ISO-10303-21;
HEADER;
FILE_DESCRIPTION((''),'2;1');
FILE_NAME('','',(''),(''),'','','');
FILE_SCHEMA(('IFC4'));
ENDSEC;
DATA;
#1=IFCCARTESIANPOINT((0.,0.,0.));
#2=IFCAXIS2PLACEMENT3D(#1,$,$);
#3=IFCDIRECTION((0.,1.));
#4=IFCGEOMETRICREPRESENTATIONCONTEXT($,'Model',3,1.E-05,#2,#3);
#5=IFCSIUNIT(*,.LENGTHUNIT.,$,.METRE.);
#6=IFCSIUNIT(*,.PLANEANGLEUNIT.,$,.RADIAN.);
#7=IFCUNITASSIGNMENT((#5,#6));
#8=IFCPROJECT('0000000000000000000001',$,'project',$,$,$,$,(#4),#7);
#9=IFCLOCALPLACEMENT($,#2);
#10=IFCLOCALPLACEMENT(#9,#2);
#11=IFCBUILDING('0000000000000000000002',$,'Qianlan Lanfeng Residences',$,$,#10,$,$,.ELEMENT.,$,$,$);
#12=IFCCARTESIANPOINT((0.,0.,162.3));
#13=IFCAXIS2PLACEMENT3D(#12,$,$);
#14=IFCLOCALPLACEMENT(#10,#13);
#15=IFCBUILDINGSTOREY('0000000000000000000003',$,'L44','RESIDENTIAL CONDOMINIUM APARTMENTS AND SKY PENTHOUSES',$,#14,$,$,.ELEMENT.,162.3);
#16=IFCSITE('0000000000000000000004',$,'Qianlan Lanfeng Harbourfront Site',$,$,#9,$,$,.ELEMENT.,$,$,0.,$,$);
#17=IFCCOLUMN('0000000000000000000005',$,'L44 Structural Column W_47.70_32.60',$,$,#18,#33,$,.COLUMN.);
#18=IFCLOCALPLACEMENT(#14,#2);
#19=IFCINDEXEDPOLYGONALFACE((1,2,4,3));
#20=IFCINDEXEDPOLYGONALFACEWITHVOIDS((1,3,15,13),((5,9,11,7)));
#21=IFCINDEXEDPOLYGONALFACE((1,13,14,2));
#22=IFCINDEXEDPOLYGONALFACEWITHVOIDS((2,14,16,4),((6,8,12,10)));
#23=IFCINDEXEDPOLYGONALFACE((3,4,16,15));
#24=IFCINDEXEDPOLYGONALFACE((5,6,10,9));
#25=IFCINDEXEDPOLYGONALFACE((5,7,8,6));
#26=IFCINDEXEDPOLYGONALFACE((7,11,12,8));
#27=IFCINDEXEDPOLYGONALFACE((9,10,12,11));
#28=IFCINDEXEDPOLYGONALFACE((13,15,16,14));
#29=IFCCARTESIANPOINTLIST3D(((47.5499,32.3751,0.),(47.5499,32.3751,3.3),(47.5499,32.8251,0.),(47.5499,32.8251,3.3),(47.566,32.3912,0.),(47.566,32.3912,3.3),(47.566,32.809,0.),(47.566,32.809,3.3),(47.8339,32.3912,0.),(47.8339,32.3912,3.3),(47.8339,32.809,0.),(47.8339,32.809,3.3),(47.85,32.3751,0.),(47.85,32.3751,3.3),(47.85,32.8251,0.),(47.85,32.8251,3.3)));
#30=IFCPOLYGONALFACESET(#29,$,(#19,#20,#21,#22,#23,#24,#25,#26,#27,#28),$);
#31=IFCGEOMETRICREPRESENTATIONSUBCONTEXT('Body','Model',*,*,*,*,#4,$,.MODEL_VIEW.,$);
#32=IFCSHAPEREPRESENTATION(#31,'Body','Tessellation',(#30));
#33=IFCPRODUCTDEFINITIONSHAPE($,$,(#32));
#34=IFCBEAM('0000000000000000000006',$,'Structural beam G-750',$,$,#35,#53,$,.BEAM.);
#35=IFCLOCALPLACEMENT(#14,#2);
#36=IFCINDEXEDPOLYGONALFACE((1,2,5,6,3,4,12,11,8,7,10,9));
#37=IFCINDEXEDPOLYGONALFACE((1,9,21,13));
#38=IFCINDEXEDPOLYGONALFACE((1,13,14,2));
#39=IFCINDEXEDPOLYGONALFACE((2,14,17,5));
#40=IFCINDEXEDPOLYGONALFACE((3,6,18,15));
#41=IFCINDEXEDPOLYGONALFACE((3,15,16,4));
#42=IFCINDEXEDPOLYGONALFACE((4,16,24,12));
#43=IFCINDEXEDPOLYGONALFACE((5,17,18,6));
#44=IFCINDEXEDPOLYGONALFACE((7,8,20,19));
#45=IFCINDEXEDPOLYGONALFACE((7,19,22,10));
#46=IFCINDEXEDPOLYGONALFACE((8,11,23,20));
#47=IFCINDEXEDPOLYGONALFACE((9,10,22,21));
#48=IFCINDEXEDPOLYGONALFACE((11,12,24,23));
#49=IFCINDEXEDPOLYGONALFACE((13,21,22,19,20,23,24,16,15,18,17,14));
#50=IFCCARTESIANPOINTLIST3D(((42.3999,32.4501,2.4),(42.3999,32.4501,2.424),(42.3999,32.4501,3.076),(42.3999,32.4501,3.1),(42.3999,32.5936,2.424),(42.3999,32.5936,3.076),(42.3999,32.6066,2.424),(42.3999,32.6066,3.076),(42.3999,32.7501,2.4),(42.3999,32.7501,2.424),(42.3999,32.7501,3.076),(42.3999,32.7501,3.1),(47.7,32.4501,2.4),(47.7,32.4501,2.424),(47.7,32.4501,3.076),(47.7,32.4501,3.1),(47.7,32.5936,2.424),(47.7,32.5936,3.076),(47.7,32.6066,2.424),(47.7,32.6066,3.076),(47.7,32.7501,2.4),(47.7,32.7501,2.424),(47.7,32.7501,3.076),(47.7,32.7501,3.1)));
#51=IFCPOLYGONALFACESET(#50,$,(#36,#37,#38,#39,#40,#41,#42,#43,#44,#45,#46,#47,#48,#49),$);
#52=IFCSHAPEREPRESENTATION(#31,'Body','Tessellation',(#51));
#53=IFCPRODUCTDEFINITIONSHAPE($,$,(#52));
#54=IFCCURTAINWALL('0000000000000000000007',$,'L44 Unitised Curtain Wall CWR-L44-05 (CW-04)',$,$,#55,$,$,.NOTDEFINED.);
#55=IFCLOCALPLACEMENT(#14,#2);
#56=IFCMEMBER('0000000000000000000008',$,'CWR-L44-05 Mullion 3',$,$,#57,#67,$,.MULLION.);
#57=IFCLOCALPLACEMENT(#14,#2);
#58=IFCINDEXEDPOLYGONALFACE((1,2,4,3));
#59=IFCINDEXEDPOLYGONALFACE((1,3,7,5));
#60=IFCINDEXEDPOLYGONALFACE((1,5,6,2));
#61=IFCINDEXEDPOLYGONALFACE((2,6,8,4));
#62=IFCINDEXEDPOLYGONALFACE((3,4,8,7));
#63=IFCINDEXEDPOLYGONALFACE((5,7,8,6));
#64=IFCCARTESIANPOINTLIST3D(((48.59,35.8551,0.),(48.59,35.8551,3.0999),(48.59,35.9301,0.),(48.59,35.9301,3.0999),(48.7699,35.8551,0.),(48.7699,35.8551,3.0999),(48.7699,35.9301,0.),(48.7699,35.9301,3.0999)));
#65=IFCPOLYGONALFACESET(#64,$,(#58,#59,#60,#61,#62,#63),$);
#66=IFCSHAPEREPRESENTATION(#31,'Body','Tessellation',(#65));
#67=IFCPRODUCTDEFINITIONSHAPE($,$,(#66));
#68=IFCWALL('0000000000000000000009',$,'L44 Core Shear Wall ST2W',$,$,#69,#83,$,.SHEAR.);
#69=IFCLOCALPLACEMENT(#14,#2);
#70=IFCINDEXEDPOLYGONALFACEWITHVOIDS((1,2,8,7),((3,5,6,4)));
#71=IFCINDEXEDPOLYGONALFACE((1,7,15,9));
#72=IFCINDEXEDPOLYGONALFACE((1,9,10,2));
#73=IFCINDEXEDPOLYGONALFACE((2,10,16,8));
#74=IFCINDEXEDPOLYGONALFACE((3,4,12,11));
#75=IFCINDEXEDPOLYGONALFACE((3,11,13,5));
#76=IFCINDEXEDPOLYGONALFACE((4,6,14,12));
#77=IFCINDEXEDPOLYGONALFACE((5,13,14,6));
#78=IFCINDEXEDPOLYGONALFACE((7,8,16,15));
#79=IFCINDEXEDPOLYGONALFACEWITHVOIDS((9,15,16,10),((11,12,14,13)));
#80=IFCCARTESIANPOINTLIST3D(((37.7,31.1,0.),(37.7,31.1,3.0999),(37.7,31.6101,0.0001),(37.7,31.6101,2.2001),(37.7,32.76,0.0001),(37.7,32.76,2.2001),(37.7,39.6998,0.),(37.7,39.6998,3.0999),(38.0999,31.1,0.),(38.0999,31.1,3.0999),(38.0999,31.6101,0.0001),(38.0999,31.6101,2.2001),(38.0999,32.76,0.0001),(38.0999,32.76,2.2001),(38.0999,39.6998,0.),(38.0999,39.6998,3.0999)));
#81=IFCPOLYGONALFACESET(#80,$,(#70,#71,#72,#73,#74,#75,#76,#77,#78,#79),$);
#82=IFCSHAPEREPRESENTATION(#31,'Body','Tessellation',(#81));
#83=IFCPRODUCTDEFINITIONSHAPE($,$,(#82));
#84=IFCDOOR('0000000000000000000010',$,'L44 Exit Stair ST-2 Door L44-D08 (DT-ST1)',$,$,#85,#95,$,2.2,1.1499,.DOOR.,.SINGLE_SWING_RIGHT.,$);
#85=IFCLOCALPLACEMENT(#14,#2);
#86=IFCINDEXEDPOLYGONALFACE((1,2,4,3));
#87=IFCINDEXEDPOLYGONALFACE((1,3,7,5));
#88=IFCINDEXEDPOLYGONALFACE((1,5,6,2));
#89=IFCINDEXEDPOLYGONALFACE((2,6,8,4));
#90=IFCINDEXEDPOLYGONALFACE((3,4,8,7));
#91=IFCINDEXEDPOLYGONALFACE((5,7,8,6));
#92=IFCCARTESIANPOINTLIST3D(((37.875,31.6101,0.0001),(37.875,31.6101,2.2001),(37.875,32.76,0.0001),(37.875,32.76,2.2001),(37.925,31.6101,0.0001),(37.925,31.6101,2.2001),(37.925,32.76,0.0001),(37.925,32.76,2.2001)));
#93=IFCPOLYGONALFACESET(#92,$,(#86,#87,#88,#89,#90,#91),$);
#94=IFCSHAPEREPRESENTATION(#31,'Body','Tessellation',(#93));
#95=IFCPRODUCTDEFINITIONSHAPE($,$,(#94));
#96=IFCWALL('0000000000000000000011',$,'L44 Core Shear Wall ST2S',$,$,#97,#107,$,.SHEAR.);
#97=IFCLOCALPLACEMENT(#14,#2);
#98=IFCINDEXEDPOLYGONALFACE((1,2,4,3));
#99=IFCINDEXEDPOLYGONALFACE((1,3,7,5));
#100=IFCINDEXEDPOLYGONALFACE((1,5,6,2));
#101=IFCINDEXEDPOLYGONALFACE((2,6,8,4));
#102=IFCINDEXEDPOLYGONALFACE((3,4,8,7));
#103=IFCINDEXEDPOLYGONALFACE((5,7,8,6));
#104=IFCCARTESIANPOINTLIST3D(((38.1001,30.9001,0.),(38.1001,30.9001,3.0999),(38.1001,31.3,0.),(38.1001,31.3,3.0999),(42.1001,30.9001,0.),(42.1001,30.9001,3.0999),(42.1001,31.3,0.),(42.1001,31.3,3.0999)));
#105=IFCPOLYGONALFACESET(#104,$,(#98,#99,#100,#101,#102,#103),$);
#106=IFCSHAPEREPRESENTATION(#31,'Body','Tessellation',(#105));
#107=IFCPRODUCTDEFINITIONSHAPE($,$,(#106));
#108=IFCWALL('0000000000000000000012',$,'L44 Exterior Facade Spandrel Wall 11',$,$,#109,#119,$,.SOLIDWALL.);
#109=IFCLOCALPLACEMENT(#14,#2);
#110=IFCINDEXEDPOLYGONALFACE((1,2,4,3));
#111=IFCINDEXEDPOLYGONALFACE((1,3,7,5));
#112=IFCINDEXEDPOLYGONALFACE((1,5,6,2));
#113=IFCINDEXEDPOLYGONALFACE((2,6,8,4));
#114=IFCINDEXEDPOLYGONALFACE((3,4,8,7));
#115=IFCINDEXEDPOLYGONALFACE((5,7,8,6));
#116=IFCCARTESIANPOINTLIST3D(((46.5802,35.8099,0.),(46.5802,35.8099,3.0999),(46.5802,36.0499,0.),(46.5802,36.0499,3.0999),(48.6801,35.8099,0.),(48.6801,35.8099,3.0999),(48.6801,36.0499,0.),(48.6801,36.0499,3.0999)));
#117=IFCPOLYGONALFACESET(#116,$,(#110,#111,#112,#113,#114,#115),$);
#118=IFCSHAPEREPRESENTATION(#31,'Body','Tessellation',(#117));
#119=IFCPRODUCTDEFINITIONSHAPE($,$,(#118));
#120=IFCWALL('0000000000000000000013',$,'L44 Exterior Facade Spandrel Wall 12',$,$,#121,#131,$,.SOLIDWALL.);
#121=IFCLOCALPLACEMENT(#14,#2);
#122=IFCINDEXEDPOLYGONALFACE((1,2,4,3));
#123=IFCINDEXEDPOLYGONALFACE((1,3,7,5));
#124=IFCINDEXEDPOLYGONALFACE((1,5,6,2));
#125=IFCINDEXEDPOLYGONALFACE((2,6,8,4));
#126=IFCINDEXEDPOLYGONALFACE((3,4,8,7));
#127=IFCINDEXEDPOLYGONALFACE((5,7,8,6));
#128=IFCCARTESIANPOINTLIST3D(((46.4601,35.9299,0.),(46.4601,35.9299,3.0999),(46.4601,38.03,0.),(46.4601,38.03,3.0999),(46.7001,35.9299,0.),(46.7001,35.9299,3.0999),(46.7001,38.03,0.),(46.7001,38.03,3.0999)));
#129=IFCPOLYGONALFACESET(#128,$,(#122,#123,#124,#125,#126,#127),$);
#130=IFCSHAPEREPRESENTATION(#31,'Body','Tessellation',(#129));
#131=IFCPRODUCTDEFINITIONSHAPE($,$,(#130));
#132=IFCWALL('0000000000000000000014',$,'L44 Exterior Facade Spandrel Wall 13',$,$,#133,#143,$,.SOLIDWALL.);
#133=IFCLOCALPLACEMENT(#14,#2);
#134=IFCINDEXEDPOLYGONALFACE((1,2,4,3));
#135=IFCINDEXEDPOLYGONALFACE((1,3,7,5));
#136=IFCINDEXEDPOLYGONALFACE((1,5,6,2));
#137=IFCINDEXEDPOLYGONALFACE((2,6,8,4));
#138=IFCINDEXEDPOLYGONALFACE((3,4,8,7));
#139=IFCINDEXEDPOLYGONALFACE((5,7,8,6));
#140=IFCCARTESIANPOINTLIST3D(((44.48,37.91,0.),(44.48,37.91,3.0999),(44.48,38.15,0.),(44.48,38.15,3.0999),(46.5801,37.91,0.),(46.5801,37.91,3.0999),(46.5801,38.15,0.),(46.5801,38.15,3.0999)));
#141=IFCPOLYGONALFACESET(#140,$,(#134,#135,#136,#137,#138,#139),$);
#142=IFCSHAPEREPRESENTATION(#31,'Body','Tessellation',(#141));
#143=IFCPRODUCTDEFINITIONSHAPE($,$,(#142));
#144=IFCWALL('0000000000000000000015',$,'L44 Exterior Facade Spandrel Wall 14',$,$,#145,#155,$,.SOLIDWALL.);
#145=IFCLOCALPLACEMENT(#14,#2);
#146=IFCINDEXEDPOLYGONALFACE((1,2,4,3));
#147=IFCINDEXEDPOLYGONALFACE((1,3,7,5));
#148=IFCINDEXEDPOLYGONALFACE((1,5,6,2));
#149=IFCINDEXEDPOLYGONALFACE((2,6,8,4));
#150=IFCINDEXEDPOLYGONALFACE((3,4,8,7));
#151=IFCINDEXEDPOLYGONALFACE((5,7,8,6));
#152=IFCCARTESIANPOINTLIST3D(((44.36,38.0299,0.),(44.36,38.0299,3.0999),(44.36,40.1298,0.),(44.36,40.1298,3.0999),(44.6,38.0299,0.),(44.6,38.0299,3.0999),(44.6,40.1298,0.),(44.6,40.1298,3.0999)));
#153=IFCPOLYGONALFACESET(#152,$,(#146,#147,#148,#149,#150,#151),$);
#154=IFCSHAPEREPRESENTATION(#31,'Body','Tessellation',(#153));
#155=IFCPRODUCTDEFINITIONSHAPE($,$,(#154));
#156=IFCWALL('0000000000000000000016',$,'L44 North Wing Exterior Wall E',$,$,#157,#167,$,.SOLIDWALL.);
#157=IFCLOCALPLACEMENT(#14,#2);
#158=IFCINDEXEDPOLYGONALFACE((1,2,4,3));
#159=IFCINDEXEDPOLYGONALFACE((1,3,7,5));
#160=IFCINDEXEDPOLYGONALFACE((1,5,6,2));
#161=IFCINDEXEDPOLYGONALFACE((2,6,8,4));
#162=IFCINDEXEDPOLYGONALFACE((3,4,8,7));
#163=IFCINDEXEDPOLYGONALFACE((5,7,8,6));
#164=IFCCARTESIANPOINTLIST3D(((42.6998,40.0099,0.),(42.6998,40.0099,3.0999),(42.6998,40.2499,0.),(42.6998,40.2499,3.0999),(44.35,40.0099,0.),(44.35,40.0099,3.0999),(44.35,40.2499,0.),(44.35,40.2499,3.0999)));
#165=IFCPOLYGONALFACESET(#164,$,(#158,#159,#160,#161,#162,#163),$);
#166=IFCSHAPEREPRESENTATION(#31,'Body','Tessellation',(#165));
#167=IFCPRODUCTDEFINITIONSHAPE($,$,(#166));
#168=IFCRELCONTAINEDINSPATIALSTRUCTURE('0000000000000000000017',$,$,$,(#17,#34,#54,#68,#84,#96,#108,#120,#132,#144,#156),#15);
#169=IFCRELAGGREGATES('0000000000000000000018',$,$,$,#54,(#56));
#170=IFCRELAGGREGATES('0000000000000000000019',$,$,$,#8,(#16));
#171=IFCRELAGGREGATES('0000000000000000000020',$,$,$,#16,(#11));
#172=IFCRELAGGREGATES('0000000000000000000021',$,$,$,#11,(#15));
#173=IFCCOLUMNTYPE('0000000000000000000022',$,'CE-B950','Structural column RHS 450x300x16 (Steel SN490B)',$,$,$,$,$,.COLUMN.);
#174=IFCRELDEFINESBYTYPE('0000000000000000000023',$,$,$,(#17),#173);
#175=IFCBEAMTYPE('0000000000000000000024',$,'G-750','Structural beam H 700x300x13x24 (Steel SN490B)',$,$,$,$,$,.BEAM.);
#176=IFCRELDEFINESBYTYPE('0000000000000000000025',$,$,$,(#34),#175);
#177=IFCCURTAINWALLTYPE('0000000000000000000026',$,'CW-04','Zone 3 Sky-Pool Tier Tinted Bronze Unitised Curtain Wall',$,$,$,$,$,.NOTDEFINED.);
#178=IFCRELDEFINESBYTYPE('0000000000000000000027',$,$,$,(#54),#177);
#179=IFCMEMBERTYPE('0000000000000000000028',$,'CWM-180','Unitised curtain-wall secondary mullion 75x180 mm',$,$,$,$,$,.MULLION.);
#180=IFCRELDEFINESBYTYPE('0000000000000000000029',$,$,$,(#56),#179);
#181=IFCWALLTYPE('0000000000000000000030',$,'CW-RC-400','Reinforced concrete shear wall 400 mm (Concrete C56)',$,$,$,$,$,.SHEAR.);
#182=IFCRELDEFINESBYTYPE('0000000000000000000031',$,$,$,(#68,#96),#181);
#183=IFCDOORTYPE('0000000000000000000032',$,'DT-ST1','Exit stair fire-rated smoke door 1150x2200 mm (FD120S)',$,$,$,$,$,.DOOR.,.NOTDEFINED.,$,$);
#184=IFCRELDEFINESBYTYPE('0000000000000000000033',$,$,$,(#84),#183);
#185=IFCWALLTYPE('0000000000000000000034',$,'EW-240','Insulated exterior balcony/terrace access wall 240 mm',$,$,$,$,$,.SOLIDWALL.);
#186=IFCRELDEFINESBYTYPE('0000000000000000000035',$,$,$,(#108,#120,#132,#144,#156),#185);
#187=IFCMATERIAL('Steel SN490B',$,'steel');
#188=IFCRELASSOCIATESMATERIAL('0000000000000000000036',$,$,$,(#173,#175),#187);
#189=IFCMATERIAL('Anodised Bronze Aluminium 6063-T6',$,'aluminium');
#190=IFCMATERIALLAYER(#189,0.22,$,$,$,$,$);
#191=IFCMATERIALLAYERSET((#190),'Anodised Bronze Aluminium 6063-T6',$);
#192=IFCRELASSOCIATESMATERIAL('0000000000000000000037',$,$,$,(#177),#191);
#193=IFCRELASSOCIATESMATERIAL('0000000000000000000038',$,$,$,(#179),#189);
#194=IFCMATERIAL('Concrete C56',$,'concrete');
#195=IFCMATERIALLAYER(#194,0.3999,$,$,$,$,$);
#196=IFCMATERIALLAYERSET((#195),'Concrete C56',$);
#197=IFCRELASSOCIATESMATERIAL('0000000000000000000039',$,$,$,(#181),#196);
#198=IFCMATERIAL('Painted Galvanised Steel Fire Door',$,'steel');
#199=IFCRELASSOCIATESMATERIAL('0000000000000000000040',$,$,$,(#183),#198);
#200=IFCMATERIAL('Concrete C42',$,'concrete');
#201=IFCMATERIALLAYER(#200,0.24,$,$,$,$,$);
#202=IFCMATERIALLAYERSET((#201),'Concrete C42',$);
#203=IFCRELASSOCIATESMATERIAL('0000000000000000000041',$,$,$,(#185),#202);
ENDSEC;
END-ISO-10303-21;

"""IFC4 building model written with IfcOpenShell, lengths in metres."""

from ifc_helpers import new_model, si_unit, direction, frame, frame_2d, origin, origin_2d, place, context, subcontext, project, spatial, rectangle, hollow_rectangle, i_section, extrude, source, transform, mapped, material, layer, layer_set, material_profile, profile_set, type_object, element, fill, aggregate, save


model = new_model("IFC4")

# Units and contexts
model_context = context("Model", 3, precision=1e-05, world=origin(), true_north=direction((0.0, 1.0)))
body_context = subcontext(model_context, "Body", "Model", "MODEL_VIEW")
ifc_project = project(units=[si_unit("LENGTHUNIT", "METRE"), si_unit("PLANEANGLEUNIT", "RADIAN")], contexts=[model_context])

# Site, building, storey
site_placement = place(None, origin())
site = spatial("IfcSite", under=ifc_project, at=site_placement, Name="Qianlan Lanfeng Harbourfront Site", CompositionType="ELEMENT", RefElevation=0.0)
building_placement = place(site_placement, origin())
building = spatial("IfcBuilding", under=site, at=building_placement, Name="Qianlan Lanfeng Residences", CompositionType="ELEMENT")
storey_placement = place(building_placement, frame((0.0, 0.0, 162.3)))
storey = spatial("IfcBuildingStorey", under=building, at=storey_placement, Name="L44", Description="RESIDENTIAL CONDOMINIUM APARTMENTS AND SKY PENTHOUSES", CompositionType="ELEMENT", Elevation=162.3)

# Column
ifc_material_1 = material(Name="Steel SN490B", Category="steel")
ifc_material_profile_1 = material_profile(ifc_material_1, hollow_rectangle(XDim=0.3, YDim=0.45, WallThickness=0.0161, at=origin_2d()), Name="RHS 450x300x16")
ifc_profile_set_1 = profile_set([ifc_material_profile_1], Name="Steel SN490B")
column_type = type_object("IfcColumnType", Name="CE-B950", Description="Structural column RHS 450x300x16 (Steel SN490B)", PredefinedType="COLUMN", material=ifc_profile_set_1)
column_placement = place(storey_placement, frame((47.7, 32.6001, 0.0), z_axis=(0.0, 0.0, 1.0), x_axis=(1.0, 0.0, 0.0)))
element("IfcColumn", 1, at=column_placement, inside=storey, type_object=column_type, Name="L44 Structural Column W_47.70_32.60", PredefinedType="COLUMN", context=body_context, shape_type="SweptSolid", body=[
    extrude(hollow_rectangle(XDim=0.3, YDim=0.45, WallThickness=0.0161, at=origin_2d()), origin(), (0.0, 0.0, 1.0), 3.3),
])

# Beam
ifc_material_profile_2 = material_profile(ifc_material_1, i_section(OverallWidth=0.3, OverallDepth=0.7, WebThickness=0.0129, FlangeThickness=0.0239, at=origin_2d()), Name="H 700x300x13x24")
ifc_profile_set_2 = profile_set([ifc_material_profile_2], Name="Steel SN490B")
beam_type = type_object("IfcBeamType", Name="G-750", Description="Structural beam H 700x300x13x24 (Steel SN490B)", PredefinedType="BEAM", material=ifc_profile_set_2)
beam_placement = place(storey_placement, frame((42.3999, 32.6001, 2.75), z_axis=(1.0, 0.0, 0.0), x_axis=(0.0, 1.0, 0.0)))
element("IfcBeam", 2, at=beam_placement, inside=storey, type_object=beam_type, Name="Structural beam G-750", PredefinedType="BEAM", context=body_context, shape_type="SweptSolid", body=[
    extrude(i_section(OverallWidth=0.3, OverallDepth=0.7, WebThickness=0.0129, FlangeThickness=0.0239, at=origin_2d()), origin(), (0.0, 0.0, 1.0), 5.3),
])

# Curtain wall, member
ifc_material_2 = material(Name="Anodised Bronze Aluminium 6063-T6", Category="aluminium")
ifc_layer_1 = layer(ifc_material_2, 0.22)
ifc_layer_set_1 = layer_set([ifc_layer_1], Name="Anodised Bronze Aluminium 6063-T6")
curtain_wall_type = type_object("IfcCurtainWallType", Name="CW-04", Description="Zone 3 Sky-Pool Tier Tinted Bronze Unitised Curtain Wall", PredefinedType="NOTDEFINED", material=ifc_layer_set_1)
curtain_wall_placement = place(storey_placement, origin())
curtain_wall = element("IfcCurtainWall", 3, at=curtain_wall_placement, inside=storey, type_object=curtain_wall_type, Name="L44 Unitised Curtain Wall CWR-L44-05 (CW-04)", PredefinedType="NOTDEFINED")
ifc_material_profile_3 = material_profile(ifc_material_2, rectangle(XDim=0.075, YDim=0.1799, at=origin_2d()), Name="ALU MULLION 75x180")
ifc_profile_set_3 = profile_set([ifc_material_profile_3], Name="Anodised Bronze Aluminium 6063-T6")
member_type = type_object("IfcMemberType", Name="CWM-180", Description="Unitised curtain-wall secondary mullion 75x180 mm", PredefinedType="MULLION", material=ifc_profile_set_3)
shared_shape_1 = source(origin(), body_context, "Body", "SweptSolid", [
    extrude(rectangle(XDim=0.075, YDim=0.1799, at=origin_2d()), origin(), (0.0, 0.0, 1.0), 3.0999),
])
member_placement = place(storey_placement, frame((48.6799, 35.8926, 0.0), z_axis=(0.0, 0.0, 1.0), x_axis=(0.0, 1.0, 0.0)))
member = element("IfcMember", 4, at=member_placement, type_object=member_type, Name="CWR-L44-05 Mullion 3", PredefinedType="MULLION", context=body_context, shape_type="MappedRepresentation", body=[
    mapped(shared_shape_1, transform((0.0, 0.0, 0.0), scale=1.0)),
])
aggregate(curtain_wall, [member])

# Wall, opening, door
ifc_material_3 = material(Name="Concrete C56", Category="concrete")
ifc_layer_2 = layer(ifc_material_3, 0.3999)
ifc_layer_set_2 = layer_set([ifc_layer_2], Name="Concrete C56")
wall_type_1 = type_object("IfcWallType", Name="CW-RC-400", Description="Reinforced concrete shear wall 400 mm (Concrete C56)", PredefinedType="SHEAR", material=ifc_layer_set_2)
wall_1_placement = place(storey_placement, frame((37.8999, 31.1001, 0.0), z_axis=(0.0, 0.0, 1.0), x_axis=(0.0, 1.0, 0.0)))
wall_1 = element("IfcWall", 5, at=wall_1_placement, inside=storey, type_object=wall_type_1, Name="L44 Core Shear Wall ST2W", PredefinedType="SHEAR", context=body_context, shape_type="SweptSolid", body=[
    extrude(rectangle(XDim=8.5999, YDim=0.3999, at=frame_2d((4.2998, 0.0))), origin(), (0.0, 0.0, 1.0), 3.0999),
])
opening_1_placement = place(wall_1_placement, frame((0.51, 0.0, 0.0)))
opening_1 = element("IfcOpeningElement", 6, at=opening_1_placement, cuts=wall_1, PredefinedType="OPENING", context=body_context, shape_type="SweptSolid", body=[
    extrude(rectangle(XDim=1.1499, YDim=2.2, at=frame_2d((0.575, 1.1001))), frame((0.0, 0.21, 0.0), z_axis=(0.0, -1.0, 0.0), x_axis=(1.0, 0.0, 0.0)), (0.0, 0.0, 1.0), 0.4199),
])
ifc_material_4 = material(Name="Painted Galvanised Steel Fire Door", Category="steel")
door_type_1 = type_object("IfcDoorType", Name="DT-ST1", Description="Exit stair fire-rated smoke door 1150x2200 mm (FD120S)", OperationType="NOTDEFINED", PredefinedType="DOOR", material=ifc_material_4)
door_1_placement = place(opening_1_placement, origin())
door_1 = element("IfcDoor", 7, at=door_1_placement, inside=storey, type_object=door_type_1, Name="L44 Exit Stair ST-2 Door L44-D08 (DT-ST1)", OperationType="SINGLE_SWING_RIGHT", OverallHeight=2.2, OverallWidth=1.1499, PredefinedType="DOOR", context=body_context, shape_type="SweptSolid", body=[
    extrude(rectangle(XDim=1.1499, YDim=2.2, at=frame_2d((0.575, 1.1001))), frame((0.0, 0.0249, 0.0), z_axis=(0.0, -1.0, 0.0), x_axis=(1.0, 0.0, 0.0)), (0.0, 0.0, 1.0), 0.05),
])
fill(opening_1, door_1)

# Walls
wall_2_placement = place(storey_placement, frame((38.1001, 31.1001, 0.0), z_axis=(0.0, 0.0, 1.0), x_axis=(1.0, 0.0, 0.0)))
element("IfcWall", 8, at=wall_2_placement, inside=storey, type_object=wall_type_1, Name="L44 Core Shear Wall ST2S", PredefinedType="SHEAR", context=body_context, shape_type="SweptSolid", body=[
    extrude(rectangle(XDim=4.0, YDim=0.3999, at=frame_2d((2.0, 0.0))), origin(), (0.0, 0.0, 1.0), 3.0999),
])
ifc_material_5 = material(Name="Concrete C42", Category="concrete")
ifc_layer_3 = layer(ifc_material_5, 0.24)
ifc_layer_set_3 = layer_set([ifc_layer_3], Name="Concrete C42")
wall_type_2 = type_object("IfcWallType", Name="EW-240", Description="Insulated exterior balcony/terrace access wall 240 mm", PredefinedType="SOLIDWALL", material=ifc_layer_set_3)
wall_3_placement = place(storey_placement, frame((48.6799, 35.9299, 0.0), z_axis=(0.0, 0.0, 1.0), x_axis=(-1.0, 0.0, 0.0)))
element("IfcWall", 9, at=wall_3_placement, inside=storey, type_object=wall_type_2, Name="L44 Exterior Facade Spandrel Wall 11", PredefinedType="SOLIDWALL", context=body_context, shape_type="SweptSolid", body=[
    extrude(rectangle(XDim=2.0999, YDim=0.24, at=frame_2d((1.0498, 0.0))), origin(), (0.0, 0.0, 1.0), 3.0999),
])
for number, where, z_axis, x_axis, name in (
    (10, (46.5801, 35.9299, 0.0), (0.0, 0.0, 1.0), (0.0, 1.0, 0.0), "L44 Exterior Facade Spandrel Wall 12"),
    (11, (46.5801, 38.03, 0.0), (0.0, 0.0, 1.0), (-1.0, 0.0, 0.0), "L44 Exterior Facade Spandrel Wall 13"),
):
    element("IfcWall", number, at=place(storey_placement, frame(where, z_axis=z_axis, x_axis=x_axis)), inside=storey, type_object=wall_type_2, Name=name, PredefinedType="SOLIDWALL", context=body_context, shape_type="SweptSolid", body=[
        extrude(rectangle(XDim=2.1001, YDim=0.24, at=frame_2d((1.05, 0.0))), origin(), (0.0, 0.0, 1.0), 3.0999),
    ])
wall_4_placement = place(storey_placement, frame((44.48, 38.03, 0.0), z_axis=(0.0, 0.0, 1.0), x_axis=(0.0, 1.0, 0.0)))
element("IfcWall", 12, at=wall_4_placement, inside=storey, type_object=wall_type_2, Name="L44 Exterior Facade Spandrel Wall 14", PredefinedType="SOLIDWALL", context=body_context, shape_type="SweptSolid", body=[
    extrude(rectangle(XDim=2.0999, YDim=0.24, at=frame_2d((1.0498, 0.0))), origin(), (0.0, 0.0, 1.0), 3.0999),
])
wall_5_placement = place(storey_placement, frame((44.3501, 40.1299, 0.0), z_axis=(0.0, 0.0, 1.0), x_axis=(-1.0, 0.0, 0.0)))
element("IfcWall", 13, at=wall_5_placement, inside=storey, type_object=wall_type_2, Name="L44 North Wing Exterior Wall E", PredefinedType="SOLIDWALL", context=body_context, shape_type="SweptSolid", body=[
    extrude(rectangle(XDim=1.6501, YDim=0.24, at=frame_2d((0.8252, 0.0))), origin(), (0.0, 0.0, 1.0), 3.0999),
])

save(model, "model.ifc")
